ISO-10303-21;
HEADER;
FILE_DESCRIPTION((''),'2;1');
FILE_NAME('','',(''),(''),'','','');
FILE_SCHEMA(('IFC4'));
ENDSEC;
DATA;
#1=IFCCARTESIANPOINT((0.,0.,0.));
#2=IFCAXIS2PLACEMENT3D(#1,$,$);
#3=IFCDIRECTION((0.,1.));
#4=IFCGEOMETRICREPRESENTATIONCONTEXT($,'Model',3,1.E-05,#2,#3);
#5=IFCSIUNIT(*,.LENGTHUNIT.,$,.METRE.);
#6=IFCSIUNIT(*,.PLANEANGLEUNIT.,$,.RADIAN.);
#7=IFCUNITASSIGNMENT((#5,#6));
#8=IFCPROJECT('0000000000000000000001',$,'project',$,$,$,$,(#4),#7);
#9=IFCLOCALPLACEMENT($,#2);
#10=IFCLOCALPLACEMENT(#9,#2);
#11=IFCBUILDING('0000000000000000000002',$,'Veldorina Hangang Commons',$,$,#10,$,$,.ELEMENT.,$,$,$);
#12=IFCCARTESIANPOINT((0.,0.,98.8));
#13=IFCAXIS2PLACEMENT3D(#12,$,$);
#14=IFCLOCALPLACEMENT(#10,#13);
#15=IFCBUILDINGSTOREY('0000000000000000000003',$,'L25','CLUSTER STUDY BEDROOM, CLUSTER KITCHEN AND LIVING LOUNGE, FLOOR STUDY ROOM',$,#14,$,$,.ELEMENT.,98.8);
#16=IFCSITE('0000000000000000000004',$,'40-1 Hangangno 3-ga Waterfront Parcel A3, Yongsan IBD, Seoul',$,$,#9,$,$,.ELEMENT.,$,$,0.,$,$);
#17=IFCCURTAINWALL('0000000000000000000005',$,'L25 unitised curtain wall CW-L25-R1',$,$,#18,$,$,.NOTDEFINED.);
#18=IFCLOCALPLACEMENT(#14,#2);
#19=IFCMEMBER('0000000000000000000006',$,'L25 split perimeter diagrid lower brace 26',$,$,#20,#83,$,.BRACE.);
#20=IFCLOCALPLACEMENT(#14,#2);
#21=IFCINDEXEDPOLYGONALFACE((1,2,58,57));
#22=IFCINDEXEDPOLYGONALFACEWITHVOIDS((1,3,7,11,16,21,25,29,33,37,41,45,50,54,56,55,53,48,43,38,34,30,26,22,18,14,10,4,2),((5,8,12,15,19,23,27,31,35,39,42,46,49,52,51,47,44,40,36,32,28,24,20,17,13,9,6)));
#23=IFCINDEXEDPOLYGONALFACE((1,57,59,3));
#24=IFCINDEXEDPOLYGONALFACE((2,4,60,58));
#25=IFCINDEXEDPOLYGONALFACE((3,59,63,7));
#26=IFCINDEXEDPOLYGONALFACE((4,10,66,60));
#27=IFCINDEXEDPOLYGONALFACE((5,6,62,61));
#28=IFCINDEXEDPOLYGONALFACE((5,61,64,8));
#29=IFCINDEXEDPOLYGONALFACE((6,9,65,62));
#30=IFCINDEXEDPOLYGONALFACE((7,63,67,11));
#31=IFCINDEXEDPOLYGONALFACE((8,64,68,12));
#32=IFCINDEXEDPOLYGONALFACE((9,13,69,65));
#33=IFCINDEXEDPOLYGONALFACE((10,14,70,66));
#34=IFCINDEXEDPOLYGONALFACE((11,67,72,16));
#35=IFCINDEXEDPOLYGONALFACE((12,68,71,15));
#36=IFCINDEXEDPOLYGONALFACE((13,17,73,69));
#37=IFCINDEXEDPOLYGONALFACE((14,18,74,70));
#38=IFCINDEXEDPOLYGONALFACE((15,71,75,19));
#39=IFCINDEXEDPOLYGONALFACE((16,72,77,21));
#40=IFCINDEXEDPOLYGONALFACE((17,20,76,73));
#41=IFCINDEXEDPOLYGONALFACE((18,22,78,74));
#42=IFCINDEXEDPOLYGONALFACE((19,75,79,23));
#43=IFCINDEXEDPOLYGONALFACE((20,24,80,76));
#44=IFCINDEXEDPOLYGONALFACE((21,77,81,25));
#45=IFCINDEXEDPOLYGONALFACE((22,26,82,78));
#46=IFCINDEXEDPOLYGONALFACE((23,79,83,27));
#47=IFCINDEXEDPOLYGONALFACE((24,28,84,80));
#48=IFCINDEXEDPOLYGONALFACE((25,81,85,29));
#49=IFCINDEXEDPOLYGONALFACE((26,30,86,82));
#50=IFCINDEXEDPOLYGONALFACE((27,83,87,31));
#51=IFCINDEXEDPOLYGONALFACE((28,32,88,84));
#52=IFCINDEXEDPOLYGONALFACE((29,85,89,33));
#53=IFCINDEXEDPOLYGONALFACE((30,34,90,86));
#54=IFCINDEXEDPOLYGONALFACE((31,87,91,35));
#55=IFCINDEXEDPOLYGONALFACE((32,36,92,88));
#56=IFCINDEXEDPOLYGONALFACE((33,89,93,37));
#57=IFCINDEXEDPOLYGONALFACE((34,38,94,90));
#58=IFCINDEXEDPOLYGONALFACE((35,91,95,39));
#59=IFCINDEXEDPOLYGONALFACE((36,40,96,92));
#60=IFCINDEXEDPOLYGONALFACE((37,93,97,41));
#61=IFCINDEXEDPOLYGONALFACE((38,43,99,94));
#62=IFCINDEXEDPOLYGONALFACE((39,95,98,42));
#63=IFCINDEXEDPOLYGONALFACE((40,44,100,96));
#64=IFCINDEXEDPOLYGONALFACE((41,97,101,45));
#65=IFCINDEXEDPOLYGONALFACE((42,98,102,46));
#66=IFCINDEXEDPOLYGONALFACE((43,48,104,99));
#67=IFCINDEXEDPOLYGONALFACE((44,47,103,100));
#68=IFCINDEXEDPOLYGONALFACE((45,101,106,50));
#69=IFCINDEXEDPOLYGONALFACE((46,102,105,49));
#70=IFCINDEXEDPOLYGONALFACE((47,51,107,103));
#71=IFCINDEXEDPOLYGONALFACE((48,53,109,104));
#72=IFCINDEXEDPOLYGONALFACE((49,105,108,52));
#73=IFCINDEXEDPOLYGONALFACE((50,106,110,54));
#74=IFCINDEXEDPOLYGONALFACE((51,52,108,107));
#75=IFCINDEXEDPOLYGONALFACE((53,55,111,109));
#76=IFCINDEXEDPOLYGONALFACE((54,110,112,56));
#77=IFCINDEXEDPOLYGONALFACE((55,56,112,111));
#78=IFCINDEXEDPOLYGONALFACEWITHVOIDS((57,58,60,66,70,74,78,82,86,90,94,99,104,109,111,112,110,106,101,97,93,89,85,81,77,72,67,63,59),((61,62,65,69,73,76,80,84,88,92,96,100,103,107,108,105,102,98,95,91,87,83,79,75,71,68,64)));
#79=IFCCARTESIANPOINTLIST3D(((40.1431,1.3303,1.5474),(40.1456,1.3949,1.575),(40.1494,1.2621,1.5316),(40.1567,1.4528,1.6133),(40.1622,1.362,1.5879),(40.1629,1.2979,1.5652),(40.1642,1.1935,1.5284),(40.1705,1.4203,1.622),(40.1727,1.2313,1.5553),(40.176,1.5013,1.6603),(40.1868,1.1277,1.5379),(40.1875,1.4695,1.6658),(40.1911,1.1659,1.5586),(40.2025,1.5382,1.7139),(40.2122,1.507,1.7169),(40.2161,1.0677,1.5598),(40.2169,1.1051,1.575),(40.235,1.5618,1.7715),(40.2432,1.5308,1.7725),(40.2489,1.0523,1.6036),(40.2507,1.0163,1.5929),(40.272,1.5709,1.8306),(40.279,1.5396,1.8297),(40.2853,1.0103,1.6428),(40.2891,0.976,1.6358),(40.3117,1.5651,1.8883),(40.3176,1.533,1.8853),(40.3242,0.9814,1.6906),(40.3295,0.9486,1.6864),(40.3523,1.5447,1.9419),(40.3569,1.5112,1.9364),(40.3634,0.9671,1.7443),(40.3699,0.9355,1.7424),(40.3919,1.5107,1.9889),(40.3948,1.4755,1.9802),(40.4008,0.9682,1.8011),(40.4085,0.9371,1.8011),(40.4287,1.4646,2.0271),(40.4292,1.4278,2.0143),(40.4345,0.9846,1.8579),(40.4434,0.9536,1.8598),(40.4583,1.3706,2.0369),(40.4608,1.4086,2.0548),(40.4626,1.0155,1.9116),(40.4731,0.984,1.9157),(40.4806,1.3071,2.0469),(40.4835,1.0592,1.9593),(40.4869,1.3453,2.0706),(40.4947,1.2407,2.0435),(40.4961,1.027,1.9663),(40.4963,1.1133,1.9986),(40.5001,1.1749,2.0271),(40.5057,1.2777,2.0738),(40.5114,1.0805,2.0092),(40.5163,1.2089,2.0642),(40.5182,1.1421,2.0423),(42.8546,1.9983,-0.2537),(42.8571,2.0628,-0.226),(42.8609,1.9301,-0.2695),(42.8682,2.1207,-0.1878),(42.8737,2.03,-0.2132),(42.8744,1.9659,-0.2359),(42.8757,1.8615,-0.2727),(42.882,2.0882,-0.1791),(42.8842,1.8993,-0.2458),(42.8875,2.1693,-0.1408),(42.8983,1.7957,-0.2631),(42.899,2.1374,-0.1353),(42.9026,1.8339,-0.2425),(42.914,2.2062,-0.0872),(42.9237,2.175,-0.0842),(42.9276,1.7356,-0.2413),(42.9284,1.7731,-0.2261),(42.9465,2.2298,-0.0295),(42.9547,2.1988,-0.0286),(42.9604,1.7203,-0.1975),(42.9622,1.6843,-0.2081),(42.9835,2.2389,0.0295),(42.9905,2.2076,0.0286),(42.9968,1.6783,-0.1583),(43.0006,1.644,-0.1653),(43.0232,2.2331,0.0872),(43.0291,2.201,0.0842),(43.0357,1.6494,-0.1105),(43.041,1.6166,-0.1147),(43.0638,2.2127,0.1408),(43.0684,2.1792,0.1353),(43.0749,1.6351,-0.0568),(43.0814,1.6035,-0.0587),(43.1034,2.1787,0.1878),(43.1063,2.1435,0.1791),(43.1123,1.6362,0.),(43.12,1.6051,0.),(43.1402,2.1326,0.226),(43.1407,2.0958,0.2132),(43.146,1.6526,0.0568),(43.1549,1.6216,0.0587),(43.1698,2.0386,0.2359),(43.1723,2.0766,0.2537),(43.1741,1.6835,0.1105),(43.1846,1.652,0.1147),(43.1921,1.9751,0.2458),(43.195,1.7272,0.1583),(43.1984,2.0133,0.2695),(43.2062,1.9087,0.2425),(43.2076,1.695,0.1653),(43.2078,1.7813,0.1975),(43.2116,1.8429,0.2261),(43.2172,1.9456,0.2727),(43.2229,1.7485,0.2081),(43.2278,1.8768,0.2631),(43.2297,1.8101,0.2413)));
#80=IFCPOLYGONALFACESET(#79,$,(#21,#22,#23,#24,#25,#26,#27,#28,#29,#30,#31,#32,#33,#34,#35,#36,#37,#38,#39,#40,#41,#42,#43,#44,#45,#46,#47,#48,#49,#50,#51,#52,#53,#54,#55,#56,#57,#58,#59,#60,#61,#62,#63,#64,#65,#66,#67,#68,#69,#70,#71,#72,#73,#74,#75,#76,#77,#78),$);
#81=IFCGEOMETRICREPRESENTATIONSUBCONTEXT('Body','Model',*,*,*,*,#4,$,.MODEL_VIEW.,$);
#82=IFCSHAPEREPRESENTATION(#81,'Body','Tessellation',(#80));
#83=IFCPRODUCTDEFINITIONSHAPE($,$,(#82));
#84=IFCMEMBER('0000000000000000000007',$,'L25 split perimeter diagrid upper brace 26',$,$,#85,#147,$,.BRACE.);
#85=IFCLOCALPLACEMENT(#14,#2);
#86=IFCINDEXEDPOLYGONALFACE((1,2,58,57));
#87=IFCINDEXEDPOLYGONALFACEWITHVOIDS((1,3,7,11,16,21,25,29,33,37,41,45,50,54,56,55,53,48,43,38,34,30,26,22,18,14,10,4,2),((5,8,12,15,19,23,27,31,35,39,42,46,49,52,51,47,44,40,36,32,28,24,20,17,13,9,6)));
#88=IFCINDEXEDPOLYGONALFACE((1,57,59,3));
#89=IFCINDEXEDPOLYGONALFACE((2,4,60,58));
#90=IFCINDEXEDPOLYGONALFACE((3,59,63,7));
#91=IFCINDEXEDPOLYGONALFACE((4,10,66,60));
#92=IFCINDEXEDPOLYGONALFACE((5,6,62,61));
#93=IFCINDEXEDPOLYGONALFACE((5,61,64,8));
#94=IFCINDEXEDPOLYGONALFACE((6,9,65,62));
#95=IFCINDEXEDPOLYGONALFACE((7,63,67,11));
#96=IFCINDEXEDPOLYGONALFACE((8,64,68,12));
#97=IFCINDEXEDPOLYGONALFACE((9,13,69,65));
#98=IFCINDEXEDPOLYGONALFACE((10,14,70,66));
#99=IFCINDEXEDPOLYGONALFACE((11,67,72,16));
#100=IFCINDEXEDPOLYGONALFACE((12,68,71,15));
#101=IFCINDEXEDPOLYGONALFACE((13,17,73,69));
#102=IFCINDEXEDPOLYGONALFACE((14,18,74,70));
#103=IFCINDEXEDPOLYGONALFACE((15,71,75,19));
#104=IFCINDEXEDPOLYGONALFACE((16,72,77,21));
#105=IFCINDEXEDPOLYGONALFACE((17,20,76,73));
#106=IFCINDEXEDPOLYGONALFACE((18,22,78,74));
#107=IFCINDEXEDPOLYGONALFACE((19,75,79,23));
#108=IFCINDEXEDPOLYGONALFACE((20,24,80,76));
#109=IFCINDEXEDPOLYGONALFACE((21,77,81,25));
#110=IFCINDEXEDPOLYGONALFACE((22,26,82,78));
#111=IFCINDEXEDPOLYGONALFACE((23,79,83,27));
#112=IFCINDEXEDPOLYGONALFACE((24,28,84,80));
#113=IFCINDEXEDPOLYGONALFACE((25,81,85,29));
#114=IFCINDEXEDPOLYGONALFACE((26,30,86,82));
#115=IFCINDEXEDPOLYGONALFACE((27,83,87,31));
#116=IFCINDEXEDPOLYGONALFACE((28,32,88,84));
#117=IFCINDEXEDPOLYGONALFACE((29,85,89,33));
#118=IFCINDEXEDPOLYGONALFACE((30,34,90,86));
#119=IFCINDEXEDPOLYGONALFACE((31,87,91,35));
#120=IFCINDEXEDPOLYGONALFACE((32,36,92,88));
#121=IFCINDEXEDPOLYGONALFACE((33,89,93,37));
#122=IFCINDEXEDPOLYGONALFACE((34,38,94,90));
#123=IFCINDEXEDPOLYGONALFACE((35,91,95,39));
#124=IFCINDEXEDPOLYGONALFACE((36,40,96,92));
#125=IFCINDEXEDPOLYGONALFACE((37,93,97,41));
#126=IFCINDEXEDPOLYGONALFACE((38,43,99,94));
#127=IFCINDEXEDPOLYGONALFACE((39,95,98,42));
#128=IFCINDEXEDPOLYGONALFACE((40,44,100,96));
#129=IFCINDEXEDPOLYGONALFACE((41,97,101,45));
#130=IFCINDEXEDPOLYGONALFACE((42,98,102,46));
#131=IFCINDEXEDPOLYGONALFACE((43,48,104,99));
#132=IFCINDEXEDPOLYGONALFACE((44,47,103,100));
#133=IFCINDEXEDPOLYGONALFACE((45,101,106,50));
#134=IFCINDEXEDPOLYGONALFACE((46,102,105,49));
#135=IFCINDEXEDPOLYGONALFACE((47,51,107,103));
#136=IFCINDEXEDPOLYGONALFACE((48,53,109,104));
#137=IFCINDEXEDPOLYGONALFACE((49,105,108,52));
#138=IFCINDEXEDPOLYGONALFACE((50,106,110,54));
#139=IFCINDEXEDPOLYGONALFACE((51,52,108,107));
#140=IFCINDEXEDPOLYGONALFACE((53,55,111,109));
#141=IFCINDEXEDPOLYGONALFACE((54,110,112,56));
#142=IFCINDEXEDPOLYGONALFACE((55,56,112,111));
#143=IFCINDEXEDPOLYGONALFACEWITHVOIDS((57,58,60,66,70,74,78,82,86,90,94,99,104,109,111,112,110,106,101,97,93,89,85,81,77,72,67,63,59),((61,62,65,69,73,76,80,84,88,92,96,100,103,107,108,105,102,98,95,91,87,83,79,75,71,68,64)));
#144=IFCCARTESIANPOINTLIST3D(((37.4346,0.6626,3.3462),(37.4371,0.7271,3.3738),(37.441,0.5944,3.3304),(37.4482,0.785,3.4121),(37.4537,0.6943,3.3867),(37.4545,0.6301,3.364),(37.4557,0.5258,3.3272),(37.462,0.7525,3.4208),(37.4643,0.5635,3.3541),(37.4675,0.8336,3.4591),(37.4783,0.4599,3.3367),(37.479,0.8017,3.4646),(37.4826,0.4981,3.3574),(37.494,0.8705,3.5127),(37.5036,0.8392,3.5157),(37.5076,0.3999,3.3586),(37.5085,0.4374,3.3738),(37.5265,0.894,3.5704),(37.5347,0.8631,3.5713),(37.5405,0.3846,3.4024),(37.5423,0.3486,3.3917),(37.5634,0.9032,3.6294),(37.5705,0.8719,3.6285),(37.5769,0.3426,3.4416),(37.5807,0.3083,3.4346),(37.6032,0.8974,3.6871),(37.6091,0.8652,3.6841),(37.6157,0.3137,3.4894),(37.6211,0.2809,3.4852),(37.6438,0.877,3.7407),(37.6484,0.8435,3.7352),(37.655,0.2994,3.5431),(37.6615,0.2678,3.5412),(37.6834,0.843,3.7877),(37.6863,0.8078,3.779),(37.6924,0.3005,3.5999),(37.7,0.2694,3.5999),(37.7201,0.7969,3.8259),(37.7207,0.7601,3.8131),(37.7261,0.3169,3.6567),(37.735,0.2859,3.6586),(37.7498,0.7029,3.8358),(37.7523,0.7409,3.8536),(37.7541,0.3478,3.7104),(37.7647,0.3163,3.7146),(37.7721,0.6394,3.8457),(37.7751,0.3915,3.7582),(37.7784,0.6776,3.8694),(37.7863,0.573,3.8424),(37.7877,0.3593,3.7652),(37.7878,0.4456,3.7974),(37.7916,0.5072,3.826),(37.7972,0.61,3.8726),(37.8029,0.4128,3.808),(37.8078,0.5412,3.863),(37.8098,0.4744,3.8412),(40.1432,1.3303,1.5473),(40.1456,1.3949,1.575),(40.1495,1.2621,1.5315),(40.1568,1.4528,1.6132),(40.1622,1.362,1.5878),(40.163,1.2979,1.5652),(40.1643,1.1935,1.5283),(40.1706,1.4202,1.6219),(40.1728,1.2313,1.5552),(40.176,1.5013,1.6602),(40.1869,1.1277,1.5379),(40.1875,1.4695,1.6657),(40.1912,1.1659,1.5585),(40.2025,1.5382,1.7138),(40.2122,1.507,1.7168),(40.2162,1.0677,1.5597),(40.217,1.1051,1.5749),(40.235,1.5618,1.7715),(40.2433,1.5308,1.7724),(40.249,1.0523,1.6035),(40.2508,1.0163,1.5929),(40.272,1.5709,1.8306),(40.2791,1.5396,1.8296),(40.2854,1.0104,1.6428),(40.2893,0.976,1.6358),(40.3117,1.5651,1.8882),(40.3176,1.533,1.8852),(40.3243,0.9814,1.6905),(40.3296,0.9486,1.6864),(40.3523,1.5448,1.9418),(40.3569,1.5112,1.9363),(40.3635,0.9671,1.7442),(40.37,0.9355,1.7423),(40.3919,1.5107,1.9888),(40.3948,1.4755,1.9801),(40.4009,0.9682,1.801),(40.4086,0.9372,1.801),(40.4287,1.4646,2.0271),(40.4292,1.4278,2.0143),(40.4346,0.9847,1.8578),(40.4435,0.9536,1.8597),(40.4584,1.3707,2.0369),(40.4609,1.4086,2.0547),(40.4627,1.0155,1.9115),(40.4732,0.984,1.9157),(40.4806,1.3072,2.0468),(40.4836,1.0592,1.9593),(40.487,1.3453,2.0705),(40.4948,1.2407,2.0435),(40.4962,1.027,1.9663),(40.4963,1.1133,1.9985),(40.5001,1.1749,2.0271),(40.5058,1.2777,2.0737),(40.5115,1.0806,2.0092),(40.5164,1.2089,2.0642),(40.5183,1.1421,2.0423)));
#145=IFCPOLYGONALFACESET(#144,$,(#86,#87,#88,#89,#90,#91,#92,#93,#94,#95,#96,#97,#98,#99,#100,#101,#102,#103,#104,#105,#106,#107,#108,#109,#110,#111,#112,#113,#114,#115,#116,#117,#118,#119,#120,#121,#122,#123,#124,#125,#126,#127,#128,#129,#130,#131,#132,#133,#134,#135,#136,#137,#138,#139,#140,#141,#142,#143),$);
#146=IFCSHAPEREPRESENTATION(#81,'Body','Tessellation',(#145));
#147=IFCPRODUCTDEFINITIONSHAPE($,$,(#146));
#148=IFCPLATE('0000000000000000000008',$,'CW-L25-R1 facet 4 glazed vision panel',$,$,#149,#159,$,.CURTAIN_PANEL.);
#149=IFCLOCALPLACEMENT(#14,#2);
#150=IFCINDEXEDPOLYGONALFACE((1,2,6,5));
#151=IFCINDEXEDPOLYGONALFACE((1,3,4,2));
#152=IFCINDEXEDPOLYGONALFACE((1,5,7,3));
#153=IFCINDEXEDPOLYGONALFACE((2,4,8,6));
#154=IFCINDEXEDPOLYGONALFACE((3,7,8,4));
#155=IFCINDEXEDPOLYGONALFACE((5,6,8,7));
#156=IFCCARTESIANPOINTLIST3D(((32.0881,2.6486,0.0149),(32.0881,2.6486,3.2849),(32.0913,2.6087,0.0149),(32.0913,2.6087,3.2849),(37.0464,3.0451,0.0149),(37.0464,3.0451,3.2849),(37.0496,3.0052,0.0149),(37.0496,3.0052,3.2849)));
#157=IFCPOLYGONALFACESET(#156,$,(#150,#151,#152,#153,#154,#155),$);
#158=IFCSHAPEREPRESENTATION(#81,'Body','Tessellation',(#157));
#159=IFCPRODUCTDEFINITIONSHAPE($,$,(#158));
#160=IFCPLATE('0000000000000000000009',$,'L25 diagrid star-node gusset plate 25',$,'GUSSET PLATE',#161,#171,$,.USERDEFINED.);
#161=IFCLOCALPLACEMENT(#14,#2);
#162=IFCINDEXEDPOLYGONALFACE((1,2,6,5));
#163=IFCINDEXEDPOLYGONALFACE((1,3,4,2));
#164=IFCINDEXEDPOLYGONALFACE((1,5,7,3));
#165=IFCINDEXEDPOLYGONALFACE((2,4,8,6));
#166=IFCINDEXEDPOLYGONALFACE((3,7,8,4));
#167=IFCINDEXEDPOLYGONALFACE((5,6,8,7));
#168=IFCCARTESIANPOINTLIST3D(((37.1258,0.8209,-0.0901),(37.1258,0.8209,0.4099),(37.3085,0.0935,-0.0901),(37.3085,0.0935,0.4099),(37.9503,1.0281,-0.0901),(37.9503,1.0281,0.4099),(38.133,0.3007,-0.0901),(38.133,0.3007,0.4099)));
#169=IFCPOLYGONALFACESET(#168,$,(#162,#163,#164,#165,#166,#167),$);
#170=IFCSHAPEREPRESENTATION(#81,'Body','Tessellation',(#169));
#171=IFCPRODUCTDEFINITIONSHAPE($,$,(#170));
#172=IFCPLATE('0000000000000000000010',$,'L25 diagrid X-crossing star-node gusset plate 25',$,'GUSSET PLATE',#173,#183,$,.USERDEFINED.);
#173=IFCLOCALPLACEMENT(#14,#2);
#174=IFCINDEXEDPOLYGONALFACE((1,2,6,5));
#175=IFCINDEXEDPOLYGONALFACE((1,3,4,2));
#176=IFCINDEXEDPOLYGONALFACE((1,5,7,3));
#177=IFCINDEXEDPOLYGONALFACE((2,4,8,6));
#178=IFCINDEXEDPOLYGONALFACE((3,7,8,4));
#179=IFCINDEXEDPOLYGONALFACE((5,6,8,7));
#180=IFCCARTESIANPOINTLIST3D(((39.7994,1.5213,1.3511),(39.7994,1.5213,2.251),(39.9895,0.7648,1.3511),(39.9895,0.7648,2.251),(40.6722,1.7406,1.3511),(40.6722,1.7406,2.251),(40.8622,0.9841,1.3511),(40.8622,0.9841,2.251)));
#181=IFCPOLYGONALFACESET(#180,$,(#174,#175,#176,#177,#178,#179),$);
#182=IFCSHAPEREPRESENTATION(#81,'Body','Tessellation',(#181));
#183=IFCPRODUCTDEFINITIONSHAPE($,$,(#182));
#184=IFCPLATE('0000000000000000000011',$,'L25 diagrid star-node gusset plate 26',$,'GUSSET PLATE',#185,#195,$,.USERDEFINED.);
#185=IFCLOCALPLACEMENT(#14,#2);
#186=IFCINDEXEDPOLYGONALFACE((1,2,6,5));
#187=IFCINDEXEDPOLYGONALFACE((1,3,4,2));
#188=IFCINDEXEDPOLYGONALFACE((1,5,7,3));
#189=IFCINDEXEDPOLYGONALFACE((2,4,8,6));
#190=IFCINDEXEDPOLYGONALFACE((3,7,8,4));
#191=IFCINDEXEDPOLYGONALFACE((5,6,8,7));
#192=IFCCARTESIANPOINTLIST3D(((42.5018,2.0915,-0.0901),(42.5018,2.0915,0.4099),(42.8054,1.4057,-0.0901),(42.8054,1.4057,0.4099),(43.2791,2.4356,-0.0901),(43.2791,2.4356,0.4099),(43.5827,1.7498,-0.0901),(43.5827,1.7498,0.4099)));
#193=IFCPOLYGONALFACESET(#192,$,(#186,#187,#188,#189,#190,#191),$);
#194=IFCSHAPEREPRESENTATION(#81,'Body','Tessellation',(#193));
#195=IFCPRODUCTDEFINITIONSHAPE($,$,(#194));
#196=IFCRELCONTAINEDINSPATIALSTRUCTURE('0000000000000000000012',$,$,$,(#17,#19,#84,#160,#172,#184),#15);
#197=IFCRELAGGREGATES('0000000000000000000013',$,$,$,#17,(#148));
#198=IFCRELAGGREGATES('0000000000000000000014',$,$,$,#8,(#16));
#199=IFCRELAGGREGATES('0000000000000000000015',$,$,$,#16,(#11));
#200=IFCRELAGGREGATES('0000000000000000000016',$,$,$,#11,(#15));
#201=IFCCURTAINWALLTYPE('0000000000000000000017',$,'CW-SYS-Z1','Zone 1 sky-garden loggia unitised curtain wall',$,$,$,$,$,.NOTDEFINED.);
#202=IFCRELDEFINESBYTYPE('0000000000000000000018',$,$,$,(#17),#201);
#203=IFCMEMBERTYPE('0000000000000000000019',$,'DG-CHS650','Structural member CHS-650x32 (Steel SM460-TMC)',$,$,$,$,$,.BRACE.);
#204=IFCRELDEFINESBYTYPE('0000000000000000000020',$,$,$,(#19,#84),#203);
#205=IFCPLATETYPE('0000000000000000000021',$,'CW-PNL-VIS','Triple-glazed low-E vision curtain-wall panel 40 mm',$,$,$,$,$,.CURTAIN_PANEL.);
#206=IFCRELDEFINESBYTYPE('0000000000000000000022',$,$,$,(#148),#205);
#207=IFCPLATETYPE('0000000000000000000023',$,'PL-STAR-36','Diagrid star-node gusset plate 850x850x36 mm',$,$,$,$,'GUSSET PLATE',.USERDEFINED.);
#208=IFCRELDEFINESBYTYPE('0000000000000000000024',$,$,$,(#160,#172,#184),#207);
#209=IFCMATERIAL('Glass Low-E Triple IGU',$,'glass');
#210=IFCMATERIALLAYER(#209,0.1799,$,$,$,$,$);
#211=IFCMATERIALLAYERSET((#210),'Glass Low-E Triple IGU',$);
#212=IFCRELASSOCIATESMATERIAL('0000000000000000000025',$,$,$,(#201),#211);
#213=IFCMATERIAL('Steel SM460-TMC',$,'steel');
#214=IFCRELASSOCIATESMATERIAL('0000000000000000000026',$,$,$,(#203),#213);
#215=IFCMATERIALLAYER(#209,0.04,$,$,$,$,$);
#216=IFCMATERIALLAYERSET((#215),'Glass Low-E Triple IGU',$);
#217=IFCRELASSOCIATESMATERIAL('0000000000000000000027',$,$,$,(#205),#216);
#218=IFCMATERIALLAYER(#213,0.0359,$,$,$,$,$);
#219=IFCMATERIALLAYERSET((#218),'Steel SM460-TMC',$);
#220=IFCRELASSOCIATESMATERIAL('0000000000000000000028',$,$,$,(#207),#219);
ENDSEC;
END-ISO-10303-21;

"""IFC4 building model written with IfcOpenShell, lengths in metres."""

from ifc_helpers import new_model, si_unit, direction, frame, origin, origin_2d, place, context, subcontext, project, spatial, rectangle, hollow_circle, extrude, material, layer, layer_set, material_profile, profile_set, type_object, element, aggregate, save


model = new_model("IFC4")

# Units and contexts
model_context = context("Model", 3, precision=1e-05, world=origin(), true_north=direction((0.0, 1.0)))
body_context = subcontext(model_context, "Body", "Model", "MODEL_VIEW")
ifc_project = project(units=[si_unit("LENGTHUNIT", "METRE"), si_unit("PLANEANGLEUNIT", "RADIAN")], contexts=[model_context])

# Site, building, storey
site_placement = place(None, origin())
site = spatial("IfcSite", under=ifc_project, at=site_placement, Name="40-1 Hangangno 3-ga Waterfront Parcel A3, Yongsan IBD, Seoul", CompositionType="ELEMENT", RefElevation=0.0)
building_placement = place(site_placement, origin())
building = spatial("IfcBuilding", under=site, at=building_placement, Name="Veldorina Hangang Commons", CompositionType="ELEMENT")
storey_placement = place(building_placement, frame((0.0, 0.0, 98.8)))
storey = spatial("IfcBuildingStorey", under=building, at=storey_placement, Name="L25", Description="CLUSTER STUDY BEDROOM, CLUSTER KITCHEN AND LIVING LOUNGE, FLOOR STUDY ROOM", CompositionType="ELEMENT", Elevation=98.8)

# Curtain wall
ifc_material_1 = material(Name="Glass Low-E Triple IGU", Category="glass")
ifc_layer_1 = layer(ifc_material_1, 0.1799)
ifc_layer_set_1 = layer_set([ifc_layer_1], Name="Glass Low-E Triple IGU")
curtain_wall_type = type_object("IfcCurtainWallType", Name="CW-SYS-Z1", Description="Zone 1 sky-garden loggia unitised curtain wall", PredefinedType="NOTDEFINED", material=ifc_layer_set_1)
curtain_wall_1_placement = place(storey_placement, origin())
curtain_wall_1 = element("IfcCurtainWall", 1, at=curtain_wall_1_placement, inside=storey, type_object=curtain_wall_type, Name="L25 unitised curtain wall CW-L25-R1", PredefinedType="NOTDEFINED")

# Members
ifc_material_2 = material(Name="Steel SM460-TMC", Category="steel")
ifc_material_profile_1 = material_profile(ifc_material_2, hollow_circle(Radius=0.325, WallThickness=0.032, at=origin_2d()), Name="CHS-650x32")
ifc_profile_set_1 = profile_set([ifc_material_profile_1], Name="Steel SM460-TMC")
member_type_1 = type_object("IfcMemberType", Name="DG-CHS650", Description="Structural member CHS-650x32 (Steel SM460-TMC)", PredefinedType="BRACE", material=ifc_profile_set_1)
member_1_placement = place(storey_placement, frame((43.0422, 1.9207, 0.0), z_axis=(-0.81598, -0.201019, 0.542003), x_axis=(0.239202, -0.97097, 0.0)))
element("IfcMember", 2, at=member_1_placement, inside=storey, type_object=member_type_1, Name="L25 split perimeter diagrid lower brace 26", PredefinedType="BRACE", context=body_context, shape_type="SweptSolid", body=[
    extrude(hollow_circle(Radius=0.325, WallThickness=0.032, at=origin_2d()), origin(), (0.0, 0.0, 1.0), 3.323),
])
member_2_placement = place(storey_placement, frame((40.3308, 1.2527, 1.801), z_axis=(-0.81599, -0.201166, 0.541934), x_axis=(0.239363, -0.97093, 0.0)))
element("IfcMember", 3, at=member_2_placement, inside=storey, type_object=member_type_1, Name="L25 split perimeter diagrid upper brace 26", PredefinedType="BRACE", context=body_context, shape_type="SweptSolid", body=[
    extrude(hollow_circle(Radius=0.325, WallThickness=0.032, at=origin_2d()), origin(), (0.0, 0.0, 1.0), 3.3193),
])

# Plate
ifc_layer_2 = layer(ifc_material_1, 0.04)
ifc_layer_set_2 = layer_set([ifc_layer_2], Name="Glass Low-E Triple IGU")
plate_type_1 = type_object("IfcPlateType", Name="CW-PNL-VIS", Description="Triple-glazed low-E vision curtain-wall panel 40 mm", PredefinedType="CURTAIN_PANEL", material=ifc_layer_set_2)
plate_1_placement = place(storey_placement, frame((34.5688, 2.8269, 0.0149), z_axis=(0.0, 0.0, 1.0), x_axis=(0.996818, 0.079712, 0.0)))
plate_1 = element("IfcPlate", 4, at=plate_1_placement, type_object=plate_type_1, Name="CW-L25-R1 facet 4 glazed vision panel", PredefinedType="CURTAIN_PANEL", context=body_context, shape_type="SweptSolid", body=[
    extrude(rectangle(XDim=4.9741, YDim=0.04, at=origin_2d()), origin(), (0.0, 0.0, 1.0), 3.27),
])
aggregate(curtain_wall_1, [plate_1])

# Plates
ifc_layer_3 = layer(ifc_material_2, 0.0359)
ifc_layer_set_3 = layer_set([ifc_layer_3], Name="Steel SM460-TMC")
plate_type_2 = type_object("IfcPlateType", Name="PL-STAR-36", Description="Diagrid star-node gusset plate 850x850x36 mm", ElementType="GUSSET PLATE", PredefinedType="USERDEFINED", material=ifc_layer_set_3)
plate_2_placement = place(storey_placement, frame((37.6294, 0.5608, -0.0901), z_axis=(0.0, 0.0, 1.0), x_axis=(0.969859, 0.243666, 0.0)))
element("IfcPlate", 5, at=plate_2_placement, inside=storey, type_object=plate_type_2, Name="L25 diagrid star-node gusset plate 25", ObjectType="GUSSET PLATE", PredefinedType="USERDEFINED", context=body_context, shape_type="SweptSolid", body=[
    extrude(rectangle(XDim=0.8501, YDim=0.75, at=origin_2d()), origin(), (0.0, 0.0, 1.0), 0.5),
])
plate_3_placement = place(storey_placement, frame((40.3308, 1.2527, 1.3511), z_axis=(0.0, 0.0, 1.0), x_axis=(0.969859, 0.243666, 0.0)))
element("IfcPlate", 6, at=plate_3_placement, inside=storey, type_object=plate_type_2, Name="L25 diagrid X-crossing star-node gusset plate 25", ObjectType="GUSSET PLATE", PredefinedType="USERDEFINED", context=body_context, shape_type="SweptSolid", body=[
    extrude(rectangle(XDim=0.8999, YDim=0.78, at=origin_2d()), origin(), (0.0, 0.0, 1.0), 0.8999),
])
plate_4_placement = place(storey_placement, frame((43.0422, 1.9207, -0.0901), z_axis=(0.0, 0.0, 1.0), x_axis=(0.914409, 0.404791, 0.0)))
element("IfcPlate", 7, at=plate_4_placement, inside=storey, type_object=plate_type_2, Name="L25 diagrid star-node gusset plate 26", ObjectType="GUSSET PLATE", PredefinedType="USERDEFINED", context=body_context, shape_type="SweptSolid", body=[
    extrude(rectangle(XDim=0.8501, YDim=0.75, at=origin_2d()), origin(), (0.0, 0.0, 1.0), 0.5),
])

save(model, "model.ifc")
